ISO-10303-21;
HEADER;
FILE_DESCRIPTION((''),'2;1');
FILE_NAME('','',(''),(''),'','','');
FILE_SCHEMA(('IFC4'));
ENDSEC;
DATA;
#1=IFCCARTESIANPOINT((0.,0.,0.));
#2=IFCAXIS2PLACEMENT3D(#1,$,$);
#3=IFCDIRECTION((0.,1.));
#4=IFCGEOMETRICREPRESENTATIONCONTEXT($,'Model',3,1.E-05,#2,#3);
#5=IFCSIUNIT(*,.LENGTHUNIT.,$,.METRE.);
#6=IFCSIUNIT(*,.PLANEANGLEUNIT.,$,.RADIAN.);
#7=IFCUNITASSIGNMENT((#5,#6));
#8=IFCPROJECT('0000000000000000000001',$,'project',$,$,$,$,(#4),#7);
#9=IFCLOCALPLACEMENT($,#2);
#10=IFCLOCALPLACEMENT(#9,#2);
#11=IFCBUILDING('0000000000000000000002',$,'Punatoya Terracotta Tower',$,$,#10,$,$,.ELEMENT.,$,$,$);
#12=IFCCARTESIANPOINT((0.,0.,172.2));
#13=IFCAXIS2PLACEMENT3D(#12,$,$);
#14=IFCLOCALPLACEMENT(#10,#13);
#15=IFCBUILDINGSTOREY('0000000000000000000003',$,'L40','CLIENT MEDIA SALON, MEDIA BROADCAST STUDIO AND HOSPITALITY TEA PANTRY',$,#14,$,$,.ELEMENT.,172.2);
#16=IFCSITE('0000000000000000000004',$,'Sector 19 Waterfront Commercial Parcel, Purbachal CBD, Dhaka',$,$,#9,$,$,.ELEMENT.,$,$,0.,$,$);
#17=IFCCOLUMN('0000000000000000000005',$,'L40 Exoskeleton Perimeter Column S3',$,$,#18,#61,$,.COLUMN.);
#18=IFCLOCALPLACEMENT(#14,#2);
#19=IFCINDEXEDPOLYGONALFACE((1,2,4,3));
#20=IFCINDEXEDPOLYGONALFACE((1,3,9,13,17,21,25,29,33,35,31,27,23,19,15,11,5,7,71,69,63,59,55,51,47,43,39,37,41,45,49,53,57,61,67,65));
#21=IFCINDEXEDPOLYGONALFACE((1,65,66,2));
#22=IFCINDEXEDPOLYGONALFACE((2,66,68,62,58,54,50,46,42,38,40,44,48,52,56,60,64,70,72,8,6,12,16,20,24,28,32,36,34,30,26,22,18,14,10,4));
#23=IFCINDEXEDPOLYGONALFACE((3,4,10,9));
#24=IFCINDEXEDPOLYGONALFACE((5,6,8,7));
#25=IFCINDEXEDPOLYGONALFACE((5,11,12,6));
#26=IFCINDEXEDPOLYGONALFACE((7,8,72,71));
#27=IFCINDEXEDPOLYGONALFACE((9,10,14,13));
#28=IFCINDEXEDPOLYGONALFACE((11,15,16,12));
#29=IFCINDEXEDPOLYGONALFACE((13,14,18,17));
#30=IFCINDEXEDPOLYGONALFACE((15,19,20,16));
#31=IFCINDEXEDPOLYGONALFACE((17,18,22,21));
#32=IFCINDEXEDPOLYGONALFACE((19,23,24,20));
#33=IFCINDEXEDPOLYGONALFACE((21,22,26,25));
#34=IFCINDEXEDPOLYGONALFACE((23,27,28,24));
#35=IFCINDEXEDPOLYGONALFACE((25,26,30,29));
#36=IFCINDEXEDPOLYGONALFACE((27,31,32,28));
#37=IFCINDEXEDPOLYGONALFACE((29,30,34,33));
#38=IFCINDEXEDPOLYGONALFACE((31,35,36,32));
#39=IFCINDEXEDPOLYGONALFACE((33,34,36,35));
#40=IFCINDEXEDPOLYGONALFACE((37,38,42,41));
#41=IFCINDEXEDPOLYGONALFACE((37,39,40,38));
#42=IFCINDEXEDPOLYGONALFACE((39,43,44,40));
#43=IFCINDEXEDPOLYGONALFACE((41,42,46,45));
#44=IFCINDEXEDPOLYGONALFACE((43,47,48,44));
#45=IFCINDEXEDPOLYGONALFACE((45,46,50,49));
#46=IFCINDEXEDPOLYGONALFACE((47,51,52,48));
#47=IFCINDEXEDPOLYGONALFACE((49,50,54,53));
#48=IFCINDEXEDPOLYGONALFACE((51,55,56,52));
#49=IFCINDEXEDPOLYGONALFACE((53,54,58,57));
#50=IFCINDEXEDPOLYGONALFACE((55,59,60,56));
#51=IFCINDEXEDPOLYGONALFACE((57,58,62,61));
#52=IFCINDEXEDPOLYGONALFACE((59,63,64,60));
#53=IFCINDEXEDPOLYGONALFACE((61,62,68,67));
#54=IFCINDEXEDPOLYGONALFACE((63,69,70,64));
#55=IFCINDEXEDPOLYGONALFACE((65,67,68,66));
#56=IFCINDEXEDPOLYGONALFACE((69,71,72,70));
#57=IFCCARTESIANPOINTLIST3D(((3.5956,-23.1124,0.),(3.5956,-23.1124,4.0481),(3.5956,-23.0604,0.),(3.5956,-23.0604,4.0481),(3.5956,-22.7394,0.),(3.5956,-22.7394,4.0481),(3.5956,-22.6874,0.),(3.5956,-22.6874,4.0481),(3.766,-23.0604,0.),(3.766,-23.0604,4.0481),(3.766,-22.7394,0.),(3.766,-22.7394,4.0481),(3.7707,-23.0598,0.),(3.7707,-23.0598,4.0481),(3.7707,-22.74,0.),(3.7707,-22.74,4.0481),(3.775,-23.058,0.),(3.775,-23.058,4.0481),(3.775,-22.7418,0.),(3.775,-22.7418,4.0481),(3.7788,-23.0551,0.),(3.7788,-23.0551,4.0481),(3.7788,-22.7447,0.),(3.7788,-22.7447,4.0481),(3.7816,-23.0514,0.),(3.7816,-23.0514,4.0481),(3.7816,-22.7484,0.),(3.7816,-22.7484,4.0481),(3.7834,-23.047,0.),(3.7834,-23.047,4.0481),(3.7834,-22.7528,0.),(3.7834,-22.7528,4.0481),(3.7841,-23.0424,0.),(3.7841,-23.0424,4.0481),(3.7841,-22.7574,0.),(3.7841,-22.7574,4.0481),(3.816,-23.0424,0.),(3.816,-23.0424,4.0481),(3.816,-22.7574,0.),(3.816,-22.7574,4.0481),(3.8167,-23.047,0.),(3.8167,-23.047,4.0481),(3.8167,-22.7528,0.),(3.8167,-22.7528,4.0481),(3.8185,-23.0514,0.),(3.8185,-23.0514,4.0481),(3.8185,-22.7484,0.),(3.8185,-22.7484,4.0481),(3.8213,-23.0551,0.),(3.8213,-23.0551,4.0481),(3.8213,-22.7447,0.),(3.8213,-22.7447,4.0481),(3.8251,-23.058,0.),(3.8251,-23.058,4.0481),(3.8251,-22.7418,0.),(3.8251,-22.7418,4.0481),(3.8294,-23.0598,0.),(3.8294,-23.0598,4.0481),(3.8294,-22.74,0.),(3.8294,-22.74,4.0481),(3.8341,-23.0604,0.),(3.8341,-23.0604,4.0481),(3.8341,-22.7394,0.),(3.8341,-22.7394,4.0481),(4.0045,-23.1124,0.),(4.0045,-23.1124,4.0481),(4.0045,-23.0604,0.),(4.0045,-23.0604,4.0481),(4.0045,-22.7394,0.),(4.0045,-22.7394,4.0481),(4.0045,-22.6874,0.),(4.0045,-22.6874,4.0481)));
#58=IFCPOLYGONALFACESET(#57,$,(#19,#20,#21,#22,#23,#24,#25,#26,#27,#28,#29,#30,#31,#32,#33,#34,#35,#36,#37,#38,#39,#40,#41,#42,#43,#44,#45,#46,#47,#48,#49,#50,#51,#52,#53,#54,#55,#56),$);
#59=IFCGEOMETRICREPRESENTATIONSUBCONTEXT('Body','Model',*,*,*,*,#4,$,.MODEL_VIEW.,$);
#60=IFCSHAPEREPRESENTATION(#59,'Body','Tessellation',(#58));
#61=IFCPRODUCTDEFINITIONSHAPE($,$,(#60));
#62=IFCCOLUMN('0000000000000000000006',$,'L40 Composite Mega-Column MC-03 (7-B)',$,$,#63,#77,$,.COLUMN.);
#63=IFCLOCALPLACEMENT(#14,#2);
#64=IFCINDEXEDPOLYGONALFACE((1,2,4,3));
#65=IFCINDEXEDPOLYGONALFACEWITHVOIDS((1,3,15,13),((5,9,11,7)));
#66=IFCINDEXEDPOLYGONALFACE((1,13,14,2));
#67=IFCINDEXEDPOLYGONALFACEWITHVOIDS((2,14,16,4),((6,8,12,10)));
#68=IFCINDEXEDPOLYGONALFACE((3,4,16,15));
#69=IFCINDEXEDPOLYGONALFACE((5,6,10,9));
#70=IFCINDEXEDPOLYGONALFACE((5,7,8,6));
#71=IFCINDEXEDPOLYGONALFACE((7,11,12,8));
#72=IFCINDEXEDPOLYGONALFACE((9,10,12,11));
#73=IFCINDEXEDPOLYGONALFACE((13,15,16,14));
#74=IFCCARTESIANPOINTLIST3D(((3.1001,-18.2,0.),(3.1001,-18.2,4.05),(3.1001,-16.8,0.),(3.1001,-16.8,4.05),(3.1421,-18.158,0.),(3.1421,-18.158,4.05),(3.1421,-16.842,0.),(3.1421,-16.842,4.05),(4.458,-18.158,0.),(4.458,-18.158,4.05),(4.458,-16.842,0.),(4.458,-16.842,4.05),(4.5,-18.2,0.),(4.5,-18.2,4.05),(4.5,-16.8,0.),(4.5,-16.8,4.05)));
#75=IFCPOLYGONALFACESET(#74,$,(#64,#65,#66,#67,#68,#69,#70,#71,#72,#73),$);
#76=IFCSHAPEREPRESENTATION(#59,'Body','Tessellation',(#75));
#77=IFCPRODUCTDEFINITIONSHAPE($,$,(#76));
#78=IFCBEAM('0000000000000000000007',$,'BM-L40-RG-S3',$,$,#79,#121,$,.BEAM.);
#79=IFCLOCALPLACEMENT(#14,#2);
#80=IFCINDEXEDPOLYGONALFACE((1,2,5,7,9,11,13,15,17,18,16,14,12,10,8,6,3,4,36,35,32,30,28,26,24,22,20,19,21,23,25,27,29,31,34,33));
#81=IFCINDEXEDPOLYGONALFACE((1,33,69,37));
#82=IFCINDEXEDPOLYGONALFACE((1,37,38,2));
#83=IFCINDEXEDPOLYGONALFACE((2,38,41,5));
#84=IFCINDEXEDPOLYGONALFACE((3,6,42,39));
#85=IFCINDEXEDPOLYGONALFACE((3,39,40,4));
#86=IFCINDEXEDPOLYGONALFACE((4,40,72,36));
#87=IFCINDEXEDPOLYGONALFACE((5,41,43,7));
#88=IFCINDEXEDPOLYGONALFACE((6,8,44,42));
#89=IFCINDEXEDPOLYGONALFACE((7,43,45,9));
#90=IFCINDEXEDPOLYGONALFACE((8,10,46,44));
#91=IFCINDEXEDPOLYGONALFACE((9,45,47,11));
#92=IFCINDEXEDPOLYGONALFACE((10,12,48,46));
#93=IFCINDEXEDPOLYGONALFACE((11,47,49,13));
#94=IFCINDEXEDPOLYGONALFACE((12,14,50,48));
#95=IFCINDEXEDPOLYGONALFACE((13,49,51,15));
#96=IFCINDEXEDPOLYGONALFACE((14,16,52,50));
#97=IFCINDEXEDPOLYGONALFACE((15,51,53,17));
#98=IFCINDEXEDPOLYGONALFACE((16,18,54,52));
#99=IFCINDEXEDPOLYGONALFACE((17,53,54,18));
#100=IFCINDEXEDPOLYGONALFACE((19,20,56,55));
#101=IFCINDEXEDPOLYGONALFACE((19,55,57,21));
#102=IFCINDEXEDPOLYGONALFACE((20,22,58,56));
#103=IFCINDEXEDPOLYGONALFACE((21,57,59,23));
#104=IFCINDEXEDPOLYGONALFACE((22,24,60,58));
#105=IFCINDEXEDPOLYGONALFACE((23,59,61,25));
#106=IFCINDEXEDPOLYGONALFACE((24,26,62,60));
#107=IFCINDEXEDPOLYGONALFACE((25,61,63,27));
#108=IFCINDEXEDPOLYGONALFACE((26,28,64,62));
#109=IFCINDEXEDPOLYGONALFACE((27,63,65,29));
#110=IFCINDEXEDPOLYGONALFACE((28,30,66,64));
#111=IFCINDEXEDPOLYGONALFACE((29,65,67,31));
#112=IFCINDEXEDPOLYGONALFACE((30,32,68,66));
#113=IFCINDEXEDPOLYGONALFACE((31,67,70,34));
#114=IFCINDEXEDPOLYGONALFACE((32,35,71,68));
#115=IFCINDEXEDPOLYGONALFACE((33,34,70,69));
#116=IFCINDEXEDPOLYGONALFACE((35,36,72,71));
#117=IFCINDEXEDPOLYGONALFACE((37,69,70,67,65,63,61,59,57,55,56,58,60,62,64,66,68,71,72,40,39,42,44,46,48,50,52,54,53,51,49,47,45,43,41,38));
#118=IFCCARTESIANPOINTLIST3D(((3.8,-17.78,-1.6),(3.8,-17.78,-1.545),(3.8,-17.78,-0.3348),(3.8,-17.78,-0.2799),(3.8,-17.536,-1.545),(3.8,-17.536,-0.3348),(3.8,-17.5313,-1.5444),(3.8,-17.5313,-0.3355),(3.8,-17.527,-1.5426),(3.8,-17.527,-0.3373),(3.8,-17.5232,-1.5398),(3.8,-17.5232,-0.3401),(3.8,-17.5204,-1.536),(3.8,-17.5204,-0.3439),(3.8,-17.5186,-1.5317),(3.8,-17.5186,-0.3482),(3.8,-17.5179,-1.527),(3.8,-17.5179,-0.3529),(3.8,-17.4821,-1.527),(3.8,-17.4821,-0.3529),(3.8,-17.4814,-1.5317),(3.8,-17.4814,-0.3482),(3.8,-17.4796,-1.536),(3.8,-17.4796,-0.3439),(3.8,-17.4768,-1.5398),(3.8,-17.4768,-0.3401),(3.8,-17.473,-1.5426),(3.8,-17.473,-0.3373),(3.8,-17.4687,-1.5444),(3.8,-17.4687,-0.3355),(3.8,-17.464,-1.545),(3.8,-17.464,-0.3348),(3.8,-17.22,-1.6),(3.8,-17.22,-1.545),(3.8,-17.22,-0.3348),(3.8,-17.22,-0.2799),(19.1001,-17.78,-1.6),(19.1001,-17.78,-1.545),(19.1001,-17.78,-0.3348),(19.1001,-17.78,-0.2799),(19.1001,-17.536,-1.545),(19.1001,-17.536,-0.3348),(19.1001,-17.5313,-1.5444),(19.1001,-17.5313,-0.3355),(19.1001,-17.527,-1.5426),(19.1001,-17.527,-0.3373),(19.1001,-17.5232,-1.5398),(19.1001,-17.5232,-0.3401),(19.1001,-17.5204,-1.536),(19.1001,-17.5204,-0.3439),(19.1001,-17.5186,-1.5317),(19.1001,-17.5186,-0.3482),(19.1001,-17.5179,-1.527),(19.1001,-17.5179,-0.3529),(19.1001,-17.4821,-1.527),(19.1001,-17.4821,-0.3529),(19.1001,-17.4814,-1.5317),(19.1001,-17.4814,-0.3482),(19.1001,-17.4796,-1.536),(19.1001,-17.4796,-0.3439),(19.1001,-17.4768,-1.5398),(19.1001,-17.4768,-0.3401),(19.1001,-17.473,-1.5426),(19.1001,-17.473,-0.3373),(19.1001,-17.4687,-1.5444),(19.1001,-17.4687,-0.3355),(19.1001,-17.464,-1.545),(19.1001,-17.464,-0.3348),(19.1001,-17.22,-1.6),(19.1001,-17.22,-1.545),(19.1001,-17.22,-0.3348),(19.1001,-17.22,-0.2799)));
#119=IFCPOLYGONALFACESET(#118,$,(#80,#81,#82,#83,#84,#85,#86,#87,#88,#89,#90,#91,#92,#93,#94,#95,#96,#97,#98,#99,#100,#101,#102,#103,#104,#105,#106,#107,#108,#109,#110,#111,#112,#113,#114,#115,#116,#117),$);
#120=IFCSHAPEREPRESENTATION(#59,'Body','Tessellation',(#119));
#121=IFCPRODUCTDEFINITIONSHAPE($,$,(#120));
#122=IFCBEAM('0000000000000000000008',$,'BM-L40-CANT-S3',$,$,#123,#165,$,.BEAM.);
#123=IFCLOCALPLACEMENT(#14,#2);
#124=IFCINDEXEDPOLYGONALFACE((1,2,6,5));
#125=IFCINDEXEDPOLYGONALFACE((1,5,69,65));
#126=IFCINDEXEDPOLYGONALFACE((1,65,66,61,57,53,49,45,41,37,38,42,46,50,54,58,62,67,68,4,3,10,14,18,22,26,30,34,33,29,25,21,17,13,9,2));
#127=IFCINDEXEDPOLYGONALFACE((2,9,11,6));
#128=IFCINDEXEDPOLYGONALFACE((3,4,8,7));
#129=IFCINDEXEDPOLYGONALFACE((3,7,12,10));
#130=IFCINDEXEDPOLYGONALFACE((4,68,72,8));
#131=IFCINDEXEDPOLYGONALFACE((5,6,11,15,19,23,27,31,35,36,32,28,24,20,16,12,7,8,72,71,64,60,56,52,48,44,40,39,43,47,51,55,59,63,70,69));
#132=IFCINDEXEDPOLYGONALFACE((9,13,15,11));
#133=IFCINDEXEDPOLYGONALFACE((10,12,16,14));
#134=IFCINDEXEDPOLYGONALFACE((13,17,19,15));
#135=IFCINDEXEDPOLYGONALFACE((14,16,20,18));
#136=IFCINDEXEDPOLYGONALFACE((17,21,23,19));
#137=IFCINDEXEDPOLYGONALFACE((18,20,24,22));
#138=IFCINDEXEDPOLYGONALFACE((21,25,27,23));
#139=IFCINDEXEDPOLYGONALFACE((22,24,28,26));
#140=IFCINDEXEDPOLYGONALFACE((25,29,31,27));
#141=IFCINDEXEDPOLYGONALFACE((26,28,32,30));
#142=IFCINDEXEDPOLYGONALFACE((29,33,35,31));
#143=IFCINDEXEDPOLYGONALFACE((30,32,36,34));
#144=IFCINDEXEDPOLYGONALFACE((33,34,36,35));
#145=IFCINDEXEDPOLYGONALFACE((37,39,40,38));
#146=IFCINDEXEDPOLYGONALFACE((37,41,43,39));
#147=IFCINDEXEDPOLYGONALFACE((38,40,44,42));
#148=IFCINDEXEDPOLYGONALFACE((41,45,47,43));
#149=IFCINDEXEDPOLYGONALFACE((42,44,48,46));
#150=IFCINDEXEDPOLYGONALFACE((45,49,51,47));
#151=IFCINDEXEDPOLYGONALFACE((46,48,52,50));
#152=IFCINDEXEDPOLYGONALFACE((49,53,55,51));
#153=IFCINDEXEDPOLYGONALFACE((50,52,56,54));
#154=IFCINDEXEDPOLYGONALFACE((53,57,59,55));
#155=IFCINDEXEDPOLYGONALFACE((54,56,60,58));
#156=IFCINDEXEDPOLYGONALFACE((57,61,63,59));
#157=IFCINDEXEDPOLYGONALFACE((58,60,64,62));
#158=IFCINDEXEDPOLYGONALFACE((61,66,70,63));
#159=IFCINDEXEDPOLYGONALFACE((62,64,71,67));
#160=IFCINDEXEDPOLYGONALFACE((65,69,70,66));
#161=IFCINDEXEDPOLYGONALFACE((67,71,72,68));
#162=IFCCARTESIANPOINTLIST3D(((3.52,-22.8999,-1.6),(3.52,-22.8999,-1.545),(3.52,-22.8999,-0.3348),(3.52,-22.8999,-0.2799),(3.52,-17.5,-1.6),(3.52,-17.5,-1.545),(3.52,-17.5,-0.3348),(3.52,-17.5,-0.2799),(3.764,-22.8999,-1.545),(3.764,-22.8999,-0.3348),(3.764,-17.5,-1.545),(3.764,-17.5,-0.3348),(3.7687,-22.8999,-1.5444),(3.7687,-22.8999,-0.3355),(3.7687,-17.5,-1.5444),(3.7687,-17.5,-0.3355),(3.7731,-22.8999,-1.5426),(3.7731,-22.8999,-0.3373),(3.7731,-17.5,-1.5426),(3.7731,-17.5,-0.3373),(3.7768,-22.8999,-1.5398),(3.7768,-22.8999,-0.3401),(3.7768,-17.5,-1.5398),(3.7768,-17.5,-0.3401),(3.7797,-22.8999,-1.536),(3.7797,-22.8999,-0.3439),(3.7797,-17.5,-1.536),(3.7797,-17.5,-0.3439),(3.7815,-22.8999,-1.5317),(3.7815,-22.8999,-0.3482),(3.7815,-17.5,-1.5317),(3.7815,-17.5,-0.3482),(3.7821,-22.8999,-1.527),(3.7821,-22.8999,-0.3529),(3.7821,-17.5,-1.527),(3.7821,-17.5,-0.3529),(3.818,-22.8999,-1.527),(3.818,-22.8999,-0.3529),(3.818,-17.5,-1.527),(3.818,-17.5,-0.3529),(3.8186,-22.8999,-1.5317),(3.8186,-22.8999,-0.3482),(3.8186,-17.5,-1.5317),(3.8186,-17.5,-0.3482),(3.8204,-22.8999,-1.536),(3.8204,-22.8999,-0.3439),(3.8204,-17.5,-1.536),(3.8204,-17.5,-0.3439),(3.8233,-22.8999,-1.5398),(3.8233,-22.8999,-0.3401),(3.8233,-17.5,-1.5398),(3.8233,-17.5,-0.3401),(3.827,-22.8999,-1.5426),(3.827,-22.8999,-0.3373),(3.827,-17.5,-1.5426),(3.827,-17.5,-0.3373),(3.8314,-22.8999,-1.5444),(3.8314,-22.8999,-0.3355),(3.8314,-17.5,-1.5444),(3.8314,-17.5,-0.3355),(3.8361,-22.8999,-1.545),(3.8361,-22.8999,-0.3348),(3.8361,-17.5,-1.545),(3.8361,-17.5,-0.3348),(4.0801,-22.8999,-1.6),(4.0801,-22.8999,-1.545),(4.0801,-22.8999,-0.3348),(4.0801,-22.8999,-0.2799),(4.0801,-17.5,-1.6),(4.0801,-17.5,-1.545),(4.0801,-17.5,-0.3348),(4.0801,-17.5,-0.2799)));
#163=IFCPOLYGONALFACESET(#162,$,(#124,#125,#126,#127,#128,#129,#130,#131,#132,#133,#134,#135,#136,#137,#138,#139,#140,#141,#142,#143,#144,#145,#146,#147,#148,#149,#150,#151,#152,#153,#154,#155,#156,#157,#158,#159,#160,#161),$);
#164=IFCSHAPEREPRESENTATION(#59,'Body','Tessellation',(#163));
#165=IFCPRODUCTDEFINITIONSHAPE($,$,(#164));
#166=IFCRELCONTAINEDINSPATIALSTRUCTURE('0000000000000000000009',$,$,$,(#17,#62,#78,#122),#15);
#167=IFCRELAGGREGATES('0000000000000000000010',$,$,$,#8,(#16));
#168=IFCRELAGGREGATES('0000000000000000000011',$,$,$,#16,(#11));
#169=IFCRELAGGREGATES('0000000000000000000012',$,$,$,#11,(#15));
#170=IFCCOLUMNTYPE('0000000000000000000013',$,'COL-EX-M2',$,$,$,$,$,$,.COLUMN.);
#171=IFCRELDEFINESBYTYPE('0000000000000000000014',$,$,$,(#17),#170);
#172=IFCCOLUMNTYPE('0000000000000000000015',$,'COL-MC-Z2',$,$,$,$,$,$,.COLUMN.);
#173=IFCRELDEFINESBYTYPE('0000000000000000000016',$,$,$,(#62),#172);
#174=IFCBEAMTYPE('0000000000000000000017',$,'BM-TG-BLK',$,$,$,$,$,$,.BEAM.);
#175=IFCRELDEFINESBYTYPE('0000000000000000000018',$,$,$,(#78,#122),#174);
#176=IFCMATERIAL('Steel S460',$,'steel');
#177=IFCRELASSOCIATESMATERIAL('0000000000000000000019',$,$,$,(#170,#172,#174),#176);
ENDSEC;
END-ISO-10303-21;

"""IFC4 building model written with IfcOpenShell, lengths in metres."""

from ifc_helpers import new_model, si_unit, direction, frame, origin, origin_2d, place, context, subcontext, project, spatial, hollow_rectangle, i_section, extrude, material, material_profile, profile_set, type_object, element, save


model = new_model("IFC4")

# Units and contexts
model_context = context("Model", 3, precision=1e-05, world=origin(), true_north=direction((0.0, 1.0)))
body_context = subcontext(model_context, "Body", "Model", "MODEL_VIEW")
ifc_project = project(units=[si_unit("LENGTHUNIT", "METRE"), si_unit("PLANEANGLEUNIT", "RADIAN")], contexts=[model_context])

# Site, building, storey
site_placement = place(None, origin())
site = spatial("IfcSite", under=ifc_project, at=site_placement, Name="Sector 19 Waterfront Commercial Parcel, Purbachal CBD, Dhaka", CompositionType="ELEMENT", RefElevation=0.0)
building_placement = place(site_placement, origin())
building = spatial("IfcBuilding", under=site, at=building_placement, Name="Punatoya Terracotta Tower", CompositionType="ELEMENT")
storey_placement = place(building_placement, frame((0.0, 0.0, 172.2)))
storey = spatial("IfcBuildingStorey", under=building, at=storey_placement, Name="L40", Description="CLIENT MEDIA SALON, MEDIA BROADCAST STUDIO AND HOSPITALITY TEA PANTRY", CompositionType="ELEMENT", Elevation=172.2)

# Columns
ifc_material_1 = material(Name="Steel S460", Category="steel")
ifc_material_profile_1 = material_profile(ifc_material_1, i_section(OverallWidth=0.4089, OverallDepth=0.425, WebThickness=0.032, FlangeThickness=0.052, FilletRadius=0.0181, at=origin_2d()))
ifc_profile_set_1 = profile_set([ifc_material_profile_1], Name="Steel S460")
column_type_1 = type_object("IfcColumnType", Name="COL-EX-M2", PredefinedType="COLUMN", material=ifc_profile_set_1)
column_1_placement = place(storey_placement, frame((3.8, -22.8999, 0.0), z_axis=(0.0, 0.0, 1.0), x_axis=(1.0, 0.0, 0.0)))
element("IfcColumn", 1, at=column_1_placement, inside=storey, type_object=column_type_1, Name="L40 Exoskeleton Perimeter Column S3", PredefinedType="COLUMN", context=body_context, shape_type="SweptSolid", body=[
    extrude(i_section(OverallWidth=0.4089, OverallDepth=0.425, WebThickness=0.032, FlangeThickness=0.052, FilletRadius=0.0181, at=origin_2d()), origin(), (0.0, 0.0, 1.0), 4.0481),
])
ifc_material_profile_2 = material_profile(ifc_material_1, hollow_rectangle(XDim=1.3999, YDim=1.3999, WallThickness=0.042, at=origin_2d()))
ifc_profile_set_2 = profile_set([ifc_material_profile_2], Name="Steel S460")
column_type_2 = type_object("IfcColumnType", Name="COL-MC-Z2", PredefinedType="COLUMN", material=ifc_profile_set_2)
column_2_placement = place(storey_placement, frame((3.8, -17.5, 0.0), z_axis=(0.0, 0.0, 1.0), x_axis=(1.0, 0.0, 0.0)))
element("IfcColumn", 2, at=column_2_placement, inside=storey, type_object=column_type_2, Name="L40 Composite Mega-Column MC-03 (7-B)", PredefinedType="COLUMN", context=body_context, shape_type="SweptSolid", body=[
    extrude(hollow_rectangle(XDim=1.3999, YDim=1.3999, WallThickness=0.042, at=origin_2d()), origin(), (0.0, 0.0, 1.0), 4.05),
])

# Beams
ifc_material_profile_3 = material_profile(ifc_material_1, i_section(OverallWidth=0.5601, OverallDepth=1.3201, WebThickness=0.0359, FlangeThickness=0.0549, FilletRadius=0.0181, at=origin_2d()))
ifc_profile_set_3 = profile_set([ifc_material_profile_3], Name="Steel S460")
beam_type = type_object("IfcBeamType", Name="BM-TG-BLK", PredefinedType="BEAM", material=ifc_profile_set_3)
beam_1_placement = place(storey_placement, frame((3.8, -17.5, -0.9399), z_axis=(1.0, 0.0, 0.0), x_axis=(0.0, 1.0, 0.0)))
element("IfcBeam", 3, at=beam_1_placement, inside=storey, type_object=beam_type, Name="BM-L40-RG-S3", PredefinedType="BEAM", context=body_context, shape_type="SweptSolid", body=[
    extrude(i_section(OverallWidth=0.5601, OverallDepth=1.3201, WebThickness=0.0359, FlangeThickness=0.0549, FilletRadius=0.0181, at=origin_2d()), origin(), (0.0, 0.0, 1.0), 15.3),
])
beam_2_placement = place(storey_placement, frame((3.8, -22.8999, -0.9399), z_axis=(0.0, 1.0, 0.0), x_axis=(-1.0, 0.0, 0.0)))
element("IfcBeam", 4, at=beam_2_placement, inside=storey, type_object=beam_type, Name="BM-L40-CANT-S3", PredefinedType="BEAM", context=body_context, shape_type="SweptSolid", body=[
    extrude(i_section(OverallWidth=0.5601, OverallDepth=1.3201, WebThickness=0.0359, FlangeThickness=0.0549, FilletRadius=0.0181, at=origin_2d()), origin(), (0.0, 0.0, 1.0), 5.3999),
])

save(model, "model.ifc")
